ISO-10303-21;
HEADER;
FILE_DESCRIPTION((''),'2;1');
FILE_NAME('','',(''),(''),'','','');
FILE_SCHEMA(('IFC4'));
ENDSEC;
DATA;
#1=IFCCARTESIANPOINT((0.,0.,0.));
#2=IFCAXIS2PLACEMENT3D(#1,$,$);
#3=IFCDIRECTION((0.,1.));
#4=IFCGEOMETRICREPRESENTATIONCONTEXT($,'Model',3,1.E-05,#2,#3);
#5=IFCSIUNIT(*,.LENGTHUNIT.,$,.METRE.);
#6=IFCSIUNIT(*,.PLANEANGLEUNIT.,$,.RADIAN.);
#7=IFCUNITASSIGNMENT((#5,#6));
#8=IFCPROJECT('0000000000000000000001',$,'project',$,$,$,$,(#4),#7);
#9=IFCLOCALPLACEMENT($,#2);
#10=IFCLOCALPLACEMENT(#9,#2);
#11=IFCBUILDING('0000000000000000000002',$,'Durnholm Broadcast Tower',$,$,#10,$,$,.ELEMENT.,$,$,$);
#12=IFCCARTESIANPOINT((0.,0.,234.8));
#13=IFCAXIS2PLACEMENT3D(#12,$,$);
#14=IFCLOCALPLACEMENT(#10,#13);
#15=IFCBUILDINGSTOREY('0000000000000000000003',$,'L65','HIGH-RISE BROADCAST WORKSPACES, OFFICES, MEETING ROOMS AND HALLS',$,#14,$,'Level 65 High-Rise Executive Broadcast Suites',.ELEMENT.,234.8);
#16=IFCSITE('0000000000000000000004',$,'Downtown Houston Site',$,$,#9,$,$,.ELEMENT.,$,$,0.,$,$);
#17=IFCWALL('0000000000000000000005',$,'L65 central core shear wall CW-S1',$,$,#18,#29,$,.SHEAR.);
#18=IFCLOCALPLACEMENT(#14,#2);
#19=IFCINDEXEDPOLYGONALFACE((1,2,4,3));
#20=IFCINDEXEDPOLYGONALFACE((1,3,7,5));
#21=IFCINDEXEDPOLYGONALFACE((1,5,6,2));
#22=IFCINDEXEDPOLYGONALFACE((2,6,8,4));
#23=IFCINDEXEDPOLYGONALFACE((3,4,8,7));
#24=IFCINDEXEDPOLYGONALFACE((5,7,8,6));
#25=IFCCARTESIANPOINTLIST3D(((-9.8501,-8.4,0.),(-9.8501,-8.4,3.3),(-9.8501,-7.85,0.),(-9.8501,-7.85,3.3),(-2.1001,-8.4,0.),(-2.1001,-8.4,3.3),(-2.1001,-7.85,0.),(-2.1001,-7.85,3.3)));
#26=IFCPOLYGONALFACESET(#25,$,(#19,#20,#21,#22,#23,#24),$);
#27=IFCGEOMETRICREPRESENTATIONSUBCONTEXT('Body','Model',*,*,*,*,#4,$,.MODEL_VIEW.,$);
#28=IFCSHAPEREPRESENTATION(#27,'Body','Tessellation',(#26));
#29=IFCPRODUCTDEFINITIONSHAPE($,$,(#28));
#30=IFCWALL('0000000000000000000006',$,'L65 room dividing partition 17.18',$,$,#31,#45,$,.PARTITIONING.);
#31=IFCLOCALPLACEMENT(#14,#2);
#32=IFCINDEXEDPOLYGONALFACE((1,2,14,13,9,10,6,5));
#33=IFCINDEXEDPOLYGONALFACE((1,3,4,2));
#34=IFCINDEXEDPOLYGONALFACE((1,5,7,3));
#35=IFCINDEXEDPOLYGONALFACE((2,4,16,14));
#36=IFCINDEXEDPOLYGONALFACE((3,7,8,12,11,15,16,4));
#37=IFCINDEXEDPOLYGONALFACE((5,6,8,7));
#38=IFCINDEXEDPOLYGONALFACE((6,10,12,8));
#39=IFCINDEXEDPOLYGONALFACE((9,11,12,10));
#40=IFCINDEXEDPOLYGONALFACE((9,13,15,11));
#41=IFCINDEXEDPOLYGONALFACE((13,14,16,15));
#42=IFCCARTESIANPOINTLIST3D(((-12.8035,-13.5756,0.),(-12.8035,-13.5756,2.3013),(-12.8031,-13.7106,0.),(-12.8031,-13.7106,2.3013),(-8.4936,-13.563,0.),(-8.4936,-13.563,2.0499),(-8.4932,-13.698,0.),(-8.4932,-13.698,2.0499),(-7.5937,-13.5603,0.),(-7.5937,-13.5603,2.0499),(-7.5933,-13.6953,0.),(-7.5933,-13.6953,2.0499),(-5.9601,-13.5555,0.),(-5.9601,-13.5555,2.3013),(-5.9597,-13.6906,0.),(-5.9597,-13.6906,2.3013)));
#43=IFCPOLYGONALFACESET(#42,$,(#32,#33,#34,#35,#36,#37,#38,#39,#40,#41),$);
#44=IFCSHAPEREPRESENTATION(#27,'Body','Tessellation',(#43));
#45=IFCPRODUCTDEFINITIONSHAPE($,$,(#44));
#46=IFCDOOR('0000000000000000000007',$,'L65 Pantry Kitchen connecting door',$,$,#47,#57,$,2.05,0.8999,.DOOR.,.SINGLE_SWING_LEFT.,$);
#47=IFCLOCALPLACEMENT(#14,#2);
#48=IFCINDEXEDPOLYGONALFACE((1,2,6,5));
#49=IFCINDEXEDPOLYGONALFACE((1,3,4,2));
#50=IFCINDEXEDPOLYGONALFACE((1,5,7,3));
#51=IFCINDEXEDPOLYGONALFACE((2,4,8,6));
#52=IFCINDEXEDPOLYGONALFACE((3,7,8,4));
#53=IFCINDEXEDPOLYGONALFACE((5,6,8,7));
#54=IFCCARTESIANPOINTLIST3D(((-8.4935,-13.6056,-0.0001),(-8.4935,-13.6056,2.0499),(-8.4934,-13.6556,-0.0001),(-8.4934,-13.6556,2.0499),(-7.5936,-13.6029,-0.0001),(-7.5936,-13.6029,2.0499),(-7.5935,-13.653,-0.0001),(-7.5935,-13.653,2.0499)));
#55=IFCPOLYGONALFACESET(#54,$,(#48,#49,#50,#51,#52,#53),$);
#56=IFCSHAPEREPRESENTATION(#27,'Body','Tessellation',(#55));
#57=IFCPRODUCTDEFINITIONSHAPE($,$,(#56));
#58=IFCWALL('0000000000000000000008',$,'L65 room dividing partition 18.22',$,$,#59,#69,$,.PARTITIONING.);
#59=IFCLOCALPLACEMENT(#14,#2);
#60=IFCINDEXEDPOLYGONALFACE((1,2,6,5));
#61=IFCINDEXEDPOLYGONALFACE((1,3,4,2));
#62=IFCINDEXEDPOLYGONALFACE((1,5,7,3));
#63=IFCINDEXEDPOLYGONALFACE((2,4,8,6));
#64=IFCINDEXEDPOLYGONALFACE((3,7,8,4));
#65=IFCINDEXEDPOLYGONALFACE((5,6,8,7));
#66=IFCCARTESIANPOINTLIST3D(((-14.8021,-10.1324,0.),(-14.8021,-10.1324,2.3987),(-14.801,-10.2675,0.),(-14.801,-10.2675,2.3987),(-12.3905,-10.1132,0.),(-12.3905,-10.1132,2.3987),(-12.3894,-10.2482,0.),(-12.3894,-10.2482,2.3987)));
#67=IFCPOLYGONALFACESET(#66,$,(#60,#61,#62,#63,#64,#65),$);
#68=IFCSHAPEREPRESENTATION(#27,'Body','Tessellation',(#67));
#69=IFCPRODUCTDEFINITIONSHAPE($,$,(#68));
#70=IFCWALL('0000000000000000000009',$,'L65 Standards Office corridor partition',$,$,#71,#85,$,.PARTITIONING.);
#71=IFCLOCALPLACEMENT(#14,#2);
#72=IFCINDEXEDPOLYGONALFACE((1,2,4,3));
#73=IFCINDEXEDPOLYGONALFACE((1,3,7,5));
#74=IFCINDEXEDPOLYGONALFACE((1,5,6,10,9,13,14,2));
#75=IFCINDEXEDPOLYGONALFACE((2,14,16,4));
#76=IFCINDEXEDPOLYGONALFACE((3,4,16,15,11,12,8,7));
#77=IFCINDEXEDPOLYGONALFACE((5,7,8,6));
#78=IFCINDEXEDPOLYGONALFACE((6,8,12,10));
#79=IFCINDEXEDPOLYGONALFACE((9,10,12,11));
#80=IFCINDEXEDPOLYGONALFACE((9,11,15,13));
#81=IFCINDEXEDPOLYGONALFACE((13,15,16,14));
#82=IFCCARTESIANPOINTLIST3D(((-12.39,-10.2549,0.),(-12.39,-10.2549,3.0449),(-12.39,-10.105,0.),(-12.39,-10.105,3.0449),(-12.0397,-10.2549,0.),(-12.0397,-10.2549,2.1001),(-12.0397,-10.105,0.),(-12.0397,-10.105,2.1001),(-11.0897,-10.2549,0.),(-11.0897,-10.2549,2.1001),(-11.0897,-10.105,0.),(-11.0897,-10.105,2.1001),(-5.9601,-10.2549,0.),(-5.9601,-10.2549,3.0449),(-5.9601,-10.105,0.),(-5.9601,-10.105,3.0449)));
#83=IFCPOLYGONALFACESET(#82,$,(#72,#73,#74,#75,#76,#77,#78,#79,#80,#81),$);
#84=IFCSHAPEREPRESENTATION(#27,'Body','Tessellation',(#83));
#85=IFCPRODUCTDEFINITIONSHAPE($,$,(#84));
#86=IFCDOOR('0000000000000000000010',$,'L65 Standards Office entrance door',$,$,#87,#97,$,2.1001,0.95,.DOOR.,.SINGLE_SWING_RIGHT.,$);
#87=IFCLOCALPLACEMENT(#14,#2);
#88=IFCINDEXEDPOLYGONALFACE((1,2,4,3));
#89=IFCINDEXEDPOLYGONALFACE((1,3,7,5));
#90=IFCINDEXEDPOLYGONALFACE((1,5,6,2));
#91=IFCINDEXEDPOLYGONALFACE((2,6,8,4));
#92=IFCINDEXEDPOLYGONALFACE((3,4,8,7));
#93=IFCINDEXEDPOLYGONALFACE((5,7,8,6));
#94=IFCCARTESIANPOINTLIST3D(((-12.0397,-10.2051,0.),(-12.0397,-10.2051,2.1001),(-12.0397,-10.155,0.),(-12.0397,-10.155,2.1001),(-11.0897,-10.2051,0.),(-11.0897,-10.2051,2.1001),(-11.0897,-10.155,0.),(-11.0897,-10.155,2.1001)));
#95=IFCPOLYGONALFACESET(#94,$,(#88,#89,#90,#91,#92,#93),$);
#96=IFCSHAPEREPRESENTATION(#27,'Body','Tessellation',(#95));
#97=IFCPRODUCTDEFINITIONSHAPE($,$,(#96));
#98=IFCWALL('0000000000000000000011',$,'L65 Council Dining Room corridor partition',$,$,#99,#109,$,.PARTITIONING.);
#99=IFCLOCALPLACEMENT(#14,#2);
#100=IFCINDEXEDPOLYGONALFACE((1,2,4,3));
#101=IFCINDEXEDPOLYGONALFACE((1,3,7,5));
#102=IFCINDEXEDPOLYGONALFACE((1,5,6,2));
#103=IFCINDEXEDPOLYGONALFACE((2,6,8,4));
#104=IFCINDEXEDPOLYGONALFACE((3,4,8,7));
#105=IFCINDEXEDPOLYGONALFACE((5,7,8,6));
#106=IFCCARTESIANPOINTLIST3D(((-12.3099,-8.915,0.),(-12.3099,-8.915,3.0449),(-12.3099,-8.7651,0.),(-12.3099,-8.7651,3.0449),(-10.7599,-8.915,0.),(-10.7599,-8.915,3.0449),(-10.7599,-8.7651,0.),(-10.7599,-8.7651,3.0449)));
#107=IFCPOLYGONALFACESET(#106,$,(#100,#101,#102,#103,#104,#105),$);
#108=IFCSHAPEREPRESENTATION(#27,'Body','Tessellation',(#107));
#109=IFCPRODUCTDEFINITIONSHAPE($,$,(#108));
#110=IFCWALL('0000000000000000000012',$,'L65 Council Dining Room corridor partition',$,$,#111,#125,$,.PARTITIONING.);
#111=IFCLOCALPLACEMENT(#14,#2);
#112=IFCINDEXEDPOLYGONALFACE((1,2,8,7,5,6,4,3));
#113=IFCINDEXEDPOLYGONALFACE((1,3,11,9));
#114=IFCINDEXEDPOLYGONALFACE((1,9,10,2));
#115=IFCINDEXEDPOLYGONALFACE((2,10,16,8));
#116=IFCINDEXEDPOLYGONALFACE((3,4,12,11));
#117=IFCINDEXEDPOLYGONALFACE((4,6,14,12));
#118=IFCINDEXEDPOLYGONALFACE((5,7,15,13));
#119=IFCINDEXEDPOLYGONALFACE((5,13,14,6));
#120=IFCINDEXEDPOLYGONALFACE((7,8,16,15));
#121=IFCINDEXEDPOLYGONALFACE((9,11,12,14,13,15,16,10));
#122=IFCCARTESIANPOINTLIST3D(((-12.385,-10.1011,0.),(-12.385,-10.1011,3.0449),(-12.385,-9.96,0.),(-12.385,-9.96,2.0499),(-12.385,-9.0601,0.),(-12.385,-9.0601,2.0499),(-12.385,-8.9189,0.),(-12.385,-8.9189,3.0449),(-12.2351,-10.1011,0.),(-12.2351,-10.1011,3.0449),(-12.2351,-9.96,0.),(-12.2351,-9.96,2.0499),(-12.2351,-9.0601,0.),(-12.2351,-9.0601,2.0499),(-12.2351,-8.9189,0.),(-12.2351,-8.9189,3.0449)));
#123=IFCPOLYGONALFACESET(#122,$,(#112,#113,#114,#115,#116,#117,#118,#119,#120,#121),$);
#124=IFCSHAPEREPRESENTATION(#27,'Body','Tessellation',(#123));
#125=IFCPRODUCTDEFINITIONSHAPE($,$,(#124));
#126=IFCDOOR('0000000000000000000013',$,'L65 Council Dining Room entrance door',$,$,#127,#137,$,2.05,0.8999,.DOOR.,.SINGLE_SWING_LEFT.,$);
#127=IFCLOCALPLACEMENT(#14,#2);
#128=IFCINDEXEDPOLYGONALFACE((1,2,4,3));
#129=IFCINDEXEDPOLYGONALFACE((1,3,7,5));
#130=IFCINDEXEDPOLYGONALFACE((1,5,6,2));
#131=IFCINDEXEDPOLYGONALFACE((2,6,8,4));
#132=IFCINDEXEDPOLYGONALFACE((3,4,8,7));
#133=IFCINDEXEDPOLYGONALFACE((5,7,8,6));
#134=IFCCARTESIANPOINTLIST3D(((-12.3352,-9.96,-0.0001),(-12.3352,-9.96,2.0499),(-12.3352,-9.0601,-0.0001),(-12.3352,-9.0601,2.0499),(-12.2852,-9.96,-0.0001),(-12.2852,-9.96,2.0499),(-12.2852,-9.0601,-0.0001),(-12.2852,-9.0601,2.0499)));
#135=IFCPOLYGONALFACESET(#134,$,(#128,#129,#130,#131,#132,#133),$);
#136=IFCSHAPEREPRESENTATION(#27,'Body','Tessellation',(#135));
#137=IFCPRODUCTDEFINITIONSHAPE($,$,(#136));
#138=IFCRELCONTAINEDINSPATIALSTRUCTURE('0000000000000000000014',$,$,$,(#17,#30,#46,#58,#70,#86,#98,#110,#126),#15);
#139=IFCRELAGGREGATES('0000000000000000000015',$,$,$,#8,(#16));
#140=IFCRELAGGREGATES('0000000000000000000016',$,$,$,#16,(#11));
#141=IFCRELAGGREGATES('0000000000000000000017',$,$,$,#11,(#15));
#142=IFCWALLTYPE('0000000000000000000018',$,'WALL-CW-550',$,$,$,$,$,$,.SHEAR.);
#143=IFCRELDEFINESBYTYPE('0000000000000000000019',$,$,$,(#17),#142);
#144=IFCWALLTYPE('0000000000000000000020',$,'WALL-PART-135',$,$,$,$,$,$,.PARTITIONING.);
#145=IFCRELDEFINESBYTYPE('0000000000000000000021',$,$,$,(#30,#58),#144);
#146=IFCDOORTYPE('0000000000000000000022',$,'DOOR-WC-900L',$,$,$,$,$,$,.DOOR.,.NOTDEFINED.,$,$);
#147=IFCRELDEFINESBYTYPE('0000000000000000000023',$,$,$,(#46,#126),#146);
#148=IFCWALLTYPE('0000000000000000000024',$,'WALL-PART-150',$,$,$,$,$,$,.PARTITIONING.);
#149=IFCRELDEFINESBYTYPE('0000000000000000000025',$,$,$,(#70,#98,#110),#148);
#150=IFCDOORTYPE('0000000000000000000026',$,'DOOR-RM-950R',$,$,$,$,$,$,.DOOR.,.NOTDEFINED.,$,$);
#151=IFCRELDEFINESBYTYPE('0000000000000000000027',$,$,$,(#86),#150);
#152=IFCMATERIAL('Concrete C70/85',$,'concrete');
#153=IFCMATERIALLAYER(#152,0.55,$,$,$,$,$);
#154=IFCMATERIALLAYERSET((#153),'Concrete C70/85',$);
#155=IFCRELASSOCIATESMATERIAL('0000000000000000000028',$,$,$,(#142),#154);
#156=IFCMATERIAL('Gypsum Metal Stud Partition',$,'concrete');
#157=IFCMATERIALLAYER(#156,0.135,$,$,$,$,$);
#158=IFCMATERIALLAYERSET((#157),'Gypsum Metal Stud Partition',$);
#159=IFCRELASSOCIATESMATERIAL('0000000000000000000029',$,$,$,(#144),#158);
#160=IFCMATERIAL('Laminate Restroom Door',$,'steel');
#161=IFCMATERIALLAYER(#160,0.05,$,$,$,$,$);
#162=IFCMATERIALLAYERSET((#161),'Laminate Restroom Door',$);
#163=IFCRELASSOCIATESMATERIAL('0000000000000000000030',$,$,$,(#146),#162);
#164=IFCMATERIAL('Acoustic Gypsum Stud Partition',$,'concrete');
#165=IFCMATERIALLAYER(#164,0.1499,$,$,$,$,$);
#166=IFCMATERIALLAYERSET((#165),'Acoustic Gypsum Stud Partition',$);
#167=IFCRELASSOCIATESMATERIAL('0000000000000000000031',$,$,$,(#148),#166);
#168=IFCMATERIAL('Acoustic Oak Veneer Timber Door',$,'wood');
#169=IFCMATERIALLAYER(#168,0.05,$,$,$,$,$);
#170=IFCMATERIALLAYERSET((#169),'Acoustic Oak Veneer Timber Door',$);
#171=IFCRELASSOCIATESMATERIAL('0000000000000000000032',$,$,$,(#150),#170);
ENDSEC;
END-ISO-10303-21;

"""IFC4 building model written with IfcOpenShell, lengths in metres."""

from ifc_helpers import new_model, si_unit, direction, frame, frame_2d, origin, place, context, subcontext, project, spatial, rectangle, extrude, source, transform, mapped, material, layer, layer_set, type_object, type_shapes, element, fill, save


model = new_model("IFC4")

# Units and contexts
model_context = context("Model", 3, precision=1e-05, world=origin(), true_north=direction((0.0, 1.0)))
body_context = subcontext(model_context, "Body", "Model", "MODEL_VIEW")
ifc_project = project(units=[si_unit("LENGTHUNIT", "METRE"), si_unit("PLANEANGLEUNIT", "RADIAN")], contexts=[model_context])

# Site, building, storey
site_placement = place(None, origin())
site = spatial("IfcSite", under=ifc_project, at=site_placement, Name="Downtown Houston Site", CompositionType="ELEMENT", RefElevation=0.0)
building_placement = place(site_placement, origin())
building = spatial("IfcBuilding", under=site, at=building_placement, Name="Durnholm Broadcast Tower", CompositionType="ELEMENT")
storey_placement = place(building_placement, frame((0.0, 0.0, 234.8)))
storey = spatial("IfcBuildingStorey", under=building, at=storey_placement, Name="L65", Description="HIGH-RISE BROADCAST WORKSPACES, OFFICES, MEETING ROOMS AND HALLS", LongName="Level 65 High-Rise Executive Broadcast Suites", CompositionType="ELEMENT", Elevation=234.8)

# Shared definitions
ifc_material_1 = material(Name="Concrete C70/85", Category="concrete")

# Wall
ifc_layer_1 = layer(ifc_material_1, 0.55)
ifc_layer_set_1 = layer_set([ifc_layer_1], Name="Concrete C70/85")
wall_type_1 = type_object("IfcWallType", Name="WALL-CW-550", PredefinedType="SHEAR", material=ifc_layer_set_1)
wall_1_placement = place(storey_placement, frame((-9.8501, -8.125, 0.0), z_axis=(0.0, 0.0, 1.0), x_axis=(1.0, 0.0, 0.0)))
element("IfcWall", 1, at=wall_1_placement, inside=storey, type_object=wall_type_1, Name="L65 central core shear wall CW-S1", PredefinedType="SHEAR", context=body_context, shape_type="SweptSolid", body=[
    extrude(rectangle(XDim=7.75, YDim=0.55, at=frame_2d((3.875, 0.0))), origin(), (0.0, 0.0, 1.0), 3.3),
])

# Wall, opening, door
ifc_material_2 = material(Name="Gypsum Metal Stud Partition", Category="concrete")
ifc_layer_2 = layer(ifc_material_2, 0.135)
ifc_layer_set_2 = layer_set([ifc_layer_2], Name="Gypsum Metal Stud Partition")
wall_type_2 = type_object("IfcWallType", Name="WALL-PART-135", PredefinedType="PARTITIONING", material=ifc_layer_set_2)
wall_2_placement = place(storey_placement, frame((-12.8035, -13.6431, 0.0), z_axis=(0.0, 0.0, 1.0), x_axis=(0.999996, 0.002925, 0.0)))
wall_2 = element("IfcWall", 2, at=wall_2_placement, inside=storey, type_object=wall_type_2, Name="L65 room dividing partition 17.18", PredefinedType="PARTITIONING", context=body_context, shape_type="SweptSolid", body=[
    extrude(rectangle(XDim=6.8435, YDim=0.135, at=frame_2d((3.4219, 0.0))), origin(), (0.0, 0.0, 1.0), 2.3013),
])
opening_1_placement = place(wall_2_placement, frame((4.3101, 0.0, 0.0)))
opening_1 = element("IfcOpeningElement", 3, at=opening_1_placement, cuts=wall_2, PredefinedType="OPENING", context=body_context, shape_type="SweptSolid", body=[
    extrude(rectangle(XDim=0.8999, YDim=2.05, at=frame_2d((0.45, 1.0249))), frame((0.0, 0.0776, 0.0), z_axis=(0.0, -1.0, 0.0), x_axis=(1.0, 0.0, 0.0)), (0.0, 0.0, 1.0), 0.155),
])
ifc_material_3 = material(Name="Laminate Restroom Door", Category="steel")
ifc_layer_3 = layer(ifc_material_3, 0.05)
ifc_layer_set_3 = layer_set([ifc_layer_3], Name="Laminate Restroom Door")
door_type_1 = type_object("IfcDoorType", Name="DOOR-WC-900L", OperationType="NOTDEFINED", PredefinedType="DOOR", material=ifc_layer_set_3)
shared_shape_1 = source(origin(), body_context, "Body", "SweptSolid", [
    extrude(rectangle(XDim=0.8999, YDim=2.05, at=frame_2d((0.45, 1.0249))), frame((0.0, 0.0249, 0.0), z_axis=(0.0, -1.0, 0.0), x_axis=(1.0, 0.0, 0.0)), (0.0, 0.0, 1.0), 0.05),
])
type_shapes(door_type_1, [shared_shape_1])
door_1_placement = place(opening_1_placement, origin())
door_1 = element("IfcDoor", 4, at=door_1_placement, inside=storey, type_object=door_type_1, Name="L65 Pantry Kitchen connecting door", OperationType="SINGLE_SWING_LEFT", OverallHeight=2.05, OverallWidth=0.8999, PredefinedType="DOOR", context=body_context, shape_type="MappedRepresentation", body=[
    mapped(shared_shape_1, transform((0.0, 0.0, 0.0), x_axis=(1.0, 0.0, 0.0), y_axis=(0.0, 1.0, 0.0), z_axis=(0.0, 0.0, 1.0), scale=1.0)),
])
fill(opening_1, door_1)

# Wall
wall_3_placement = place(storey_placement, frame((-14.8015, -10.2, 0.0), z_axis=(0.0, 0.0, 1.0), x_axis=(0.999968, 0.007997, 0.0)))
element("IfcWall", 5, at=wall_3_placement, inside=storey, type_object=wall_type_2, Name="L65 room dividing partition 18.22", PredefinedType="PARTITIONING", context=body_context, shape_type="SweptSolid", body=[
    extrude(rectangle(XDim=2.4116, YDim=0.135, at=frame_2d((1.2058, 0.0))), origin(), (0.0, 0.0, 1.0), 2.3987),
])

# Wall, opening, door
ifc_material_4 = material(Name="Acoustic Gypsum Stud Partition", Category="concrete")
ifc_layer_4 = layer(ifc_material_4, 0.1499)
ifc_layer_set_4 = layer_set([ifc_layer_4], Name="Acoustic Gypsum Stud Partition")
wall_type_3 = type_object("IfcWallType", Name="WALL-PART-150", PredefinedType="PARTITIONING", material=ifc_layer_set_4)
wall_4_placement = place(storey_placement, frame((-12.3899, -10.1799, 0.0), z_axis=(0.0, 0.0, 1.0), x_axis=(1.0, 0.0, 0.0)))
wall_4 = element("IfcWall", 6, at=wall_4_placement, inside=storey, type_object=wall_type_3, Name="L65 Standards Office corridor partition", PredefinedType="PARTITIONING", context=body_context, shape_type="SweptSolid", body=[
    extrude(rectangle(XDim=6.4299, YDim=0.1499, at=frame_2d((3.2148, 0.0))), origin(), (0.0, 0.0, 1.0), 3.0449),
])
opening_2_placement = place(wall_4_placement, frame((0.3501, 0.0, 0.0)))
opening_2 = element("IfcOpeningElement", 7, at=opening_2_placement, cuts=wall_4, PredefinedType="OPENING", context=body_context, shape_type="SweptSolid", body=[
    extrude(rectangle(XDim=0.95, YDim=2.1001, at=frame_2d((0.4751, 1.05))), frame((0.0, 0.085, 0.0), z_axis=(0.0, -1.0, 0.0), x_axis=(1.0, 0.0, 0.0)), (0.0, 0.0, 1.0), 0.1699),
])
ifc_material_5 = material(Name="Acoustic Oak Veneer Timber Door", Category="wood")
ifc_layer_5 = layer(ifc_material_5, 0.05)
ifc_layer_set_5 = layer_set([ifc_layer_5], Name="Acoustic Oak Veneer Timber Door")
door_type_2 = type_object("IfcDoorType", Name="DOOR-RM-950R", OperationType="NOTDEFINED", PredefinedType="DOOR", material=ifc_layer_set_5)
shared_shape_2 = source(origin(), body_context, "Body", "SweptSolid", [
    extrude(rectangle(XDim=0.95, YDim=2.1001, at=frame_2d((0.4751, 1.05))), frame((0.0, 0.0249, 0.0), z_axis=(0.0, -1.0, 0.0), x_axis=(1.0, 0.0, 0.0)), (0.0, 0.0, 1.0), 0.05),
])
type_shapes(door_type_2, [shared_shape_2])
door_2_placement = place(opening_2_placement, origin())
door_2 = element("IfcDoor", 8, at=door_2_placement, inside=storey, type_object=door_type_2, Name="L65 Standards Office entrance door", OperationType="SINGLE_SWING_RIGHT", OverallHeight=2.1001, OverallWidth=0.95, PredefinedType="DOOR", context=body_context, shape_type="MappedRepresentation", body=[
    mapped(shared_shape_2, transform((0.0, 0.0, 0.0), x_axis=(1.0, 0.0, 0.0), y_axis=(0.0, 1.0, 0.0), z_axis=(0.0, 0.0, 1.0), scale=1.0)),
])
fill(opening_2, door_2)

# Wall
wall_5_placement = place(storey_placement, frame((-10.76, -8.8401, 0.0), z_axis=(0.0, 0.0, 1.0), x_axis=(-1.0, 0.0, 0.0)))
element("IfcWall", 9, at=wall_5_placement, inside=storey, type_object=wall_type_3, Name="L65 Council Dining Room corridor partition", PredefinedType="PARTITIONING", context=body_context, shape_type="SweptSolid", body=[
    extrude(rectangle(XDim=1.55, YDim=0.1499, at=frame_2d((0.7749, 0.0))), origin(), (0.0, 0.0, 1.0), 3.0449),
])

# Wall, opening, door
wall_6_placement = place(storey_placement, frame((-12.3101, -8.9189, 0.0), z_axis=(0.0, 0.0, 1.0), x_axis=(0.0, -1.0, 0.0)))
wall_6 = element("IfcWall", 10, at=wall_6_placement, inside=storey, type_object=wall_type_3, Name="L65 Council Dining Room corridor partition", PredefinedType="PARTITIONING", context=body_context, shape_type="SweptSolid", body=[
    extrude(rectangle(XDim=1.1821, YDim=0.1499, at=frame_2d((0.5911, 0.0))), origin(), (0.0, 0.0, 1.0), 3.0449),
])
opening_3_placement = place(wall_6_placement, frame((0.1411, 0.0, 0.0)))
opening_3 = element("IfcOpeningElement", 11, at=opening_3_placement, cuts=wall_6, PredefinedType="OPENING", context=body_context, shape_type="SweptSolid", body=[
    extrude(rectangle(XDim=0.8999, YDim=2.05, at=frame_2d((0.45, 1.0249))), frame((0.0, 0.085, 0.0), z_axis=(0.0, -1.0, 0.0), x_axis=(1.0, 0.0, 0.0)), (0.0, 0.0, 1.0), 0.1699),
])
door_3_placement = place(opening_3_placement, origin())
door_3 = element("IfcDoor", 12, at=door_3_placement, inside=storey, type_object=door_type_1, Name="L65 Council Dining Room entrance door", OperationType="SINGLE_SWING_LEFT", OverallHeight=2.05, OverallWidth=0.8999, PredefinedType="DOOR", context=body_context, shape_type="MappedRepresentation", body=[
    mapped(shared_shape_1, transform((0.0, 0.0, 0.0), x_axis=(1.0, 0.0, 0.0), y_axis=(0.0, 1.0, 0.0), z_axis=(0.0, 0.0, 1.0), scale=1.0)),
])
fill(opening_3, door_3)

save(model, "model.ifc")
